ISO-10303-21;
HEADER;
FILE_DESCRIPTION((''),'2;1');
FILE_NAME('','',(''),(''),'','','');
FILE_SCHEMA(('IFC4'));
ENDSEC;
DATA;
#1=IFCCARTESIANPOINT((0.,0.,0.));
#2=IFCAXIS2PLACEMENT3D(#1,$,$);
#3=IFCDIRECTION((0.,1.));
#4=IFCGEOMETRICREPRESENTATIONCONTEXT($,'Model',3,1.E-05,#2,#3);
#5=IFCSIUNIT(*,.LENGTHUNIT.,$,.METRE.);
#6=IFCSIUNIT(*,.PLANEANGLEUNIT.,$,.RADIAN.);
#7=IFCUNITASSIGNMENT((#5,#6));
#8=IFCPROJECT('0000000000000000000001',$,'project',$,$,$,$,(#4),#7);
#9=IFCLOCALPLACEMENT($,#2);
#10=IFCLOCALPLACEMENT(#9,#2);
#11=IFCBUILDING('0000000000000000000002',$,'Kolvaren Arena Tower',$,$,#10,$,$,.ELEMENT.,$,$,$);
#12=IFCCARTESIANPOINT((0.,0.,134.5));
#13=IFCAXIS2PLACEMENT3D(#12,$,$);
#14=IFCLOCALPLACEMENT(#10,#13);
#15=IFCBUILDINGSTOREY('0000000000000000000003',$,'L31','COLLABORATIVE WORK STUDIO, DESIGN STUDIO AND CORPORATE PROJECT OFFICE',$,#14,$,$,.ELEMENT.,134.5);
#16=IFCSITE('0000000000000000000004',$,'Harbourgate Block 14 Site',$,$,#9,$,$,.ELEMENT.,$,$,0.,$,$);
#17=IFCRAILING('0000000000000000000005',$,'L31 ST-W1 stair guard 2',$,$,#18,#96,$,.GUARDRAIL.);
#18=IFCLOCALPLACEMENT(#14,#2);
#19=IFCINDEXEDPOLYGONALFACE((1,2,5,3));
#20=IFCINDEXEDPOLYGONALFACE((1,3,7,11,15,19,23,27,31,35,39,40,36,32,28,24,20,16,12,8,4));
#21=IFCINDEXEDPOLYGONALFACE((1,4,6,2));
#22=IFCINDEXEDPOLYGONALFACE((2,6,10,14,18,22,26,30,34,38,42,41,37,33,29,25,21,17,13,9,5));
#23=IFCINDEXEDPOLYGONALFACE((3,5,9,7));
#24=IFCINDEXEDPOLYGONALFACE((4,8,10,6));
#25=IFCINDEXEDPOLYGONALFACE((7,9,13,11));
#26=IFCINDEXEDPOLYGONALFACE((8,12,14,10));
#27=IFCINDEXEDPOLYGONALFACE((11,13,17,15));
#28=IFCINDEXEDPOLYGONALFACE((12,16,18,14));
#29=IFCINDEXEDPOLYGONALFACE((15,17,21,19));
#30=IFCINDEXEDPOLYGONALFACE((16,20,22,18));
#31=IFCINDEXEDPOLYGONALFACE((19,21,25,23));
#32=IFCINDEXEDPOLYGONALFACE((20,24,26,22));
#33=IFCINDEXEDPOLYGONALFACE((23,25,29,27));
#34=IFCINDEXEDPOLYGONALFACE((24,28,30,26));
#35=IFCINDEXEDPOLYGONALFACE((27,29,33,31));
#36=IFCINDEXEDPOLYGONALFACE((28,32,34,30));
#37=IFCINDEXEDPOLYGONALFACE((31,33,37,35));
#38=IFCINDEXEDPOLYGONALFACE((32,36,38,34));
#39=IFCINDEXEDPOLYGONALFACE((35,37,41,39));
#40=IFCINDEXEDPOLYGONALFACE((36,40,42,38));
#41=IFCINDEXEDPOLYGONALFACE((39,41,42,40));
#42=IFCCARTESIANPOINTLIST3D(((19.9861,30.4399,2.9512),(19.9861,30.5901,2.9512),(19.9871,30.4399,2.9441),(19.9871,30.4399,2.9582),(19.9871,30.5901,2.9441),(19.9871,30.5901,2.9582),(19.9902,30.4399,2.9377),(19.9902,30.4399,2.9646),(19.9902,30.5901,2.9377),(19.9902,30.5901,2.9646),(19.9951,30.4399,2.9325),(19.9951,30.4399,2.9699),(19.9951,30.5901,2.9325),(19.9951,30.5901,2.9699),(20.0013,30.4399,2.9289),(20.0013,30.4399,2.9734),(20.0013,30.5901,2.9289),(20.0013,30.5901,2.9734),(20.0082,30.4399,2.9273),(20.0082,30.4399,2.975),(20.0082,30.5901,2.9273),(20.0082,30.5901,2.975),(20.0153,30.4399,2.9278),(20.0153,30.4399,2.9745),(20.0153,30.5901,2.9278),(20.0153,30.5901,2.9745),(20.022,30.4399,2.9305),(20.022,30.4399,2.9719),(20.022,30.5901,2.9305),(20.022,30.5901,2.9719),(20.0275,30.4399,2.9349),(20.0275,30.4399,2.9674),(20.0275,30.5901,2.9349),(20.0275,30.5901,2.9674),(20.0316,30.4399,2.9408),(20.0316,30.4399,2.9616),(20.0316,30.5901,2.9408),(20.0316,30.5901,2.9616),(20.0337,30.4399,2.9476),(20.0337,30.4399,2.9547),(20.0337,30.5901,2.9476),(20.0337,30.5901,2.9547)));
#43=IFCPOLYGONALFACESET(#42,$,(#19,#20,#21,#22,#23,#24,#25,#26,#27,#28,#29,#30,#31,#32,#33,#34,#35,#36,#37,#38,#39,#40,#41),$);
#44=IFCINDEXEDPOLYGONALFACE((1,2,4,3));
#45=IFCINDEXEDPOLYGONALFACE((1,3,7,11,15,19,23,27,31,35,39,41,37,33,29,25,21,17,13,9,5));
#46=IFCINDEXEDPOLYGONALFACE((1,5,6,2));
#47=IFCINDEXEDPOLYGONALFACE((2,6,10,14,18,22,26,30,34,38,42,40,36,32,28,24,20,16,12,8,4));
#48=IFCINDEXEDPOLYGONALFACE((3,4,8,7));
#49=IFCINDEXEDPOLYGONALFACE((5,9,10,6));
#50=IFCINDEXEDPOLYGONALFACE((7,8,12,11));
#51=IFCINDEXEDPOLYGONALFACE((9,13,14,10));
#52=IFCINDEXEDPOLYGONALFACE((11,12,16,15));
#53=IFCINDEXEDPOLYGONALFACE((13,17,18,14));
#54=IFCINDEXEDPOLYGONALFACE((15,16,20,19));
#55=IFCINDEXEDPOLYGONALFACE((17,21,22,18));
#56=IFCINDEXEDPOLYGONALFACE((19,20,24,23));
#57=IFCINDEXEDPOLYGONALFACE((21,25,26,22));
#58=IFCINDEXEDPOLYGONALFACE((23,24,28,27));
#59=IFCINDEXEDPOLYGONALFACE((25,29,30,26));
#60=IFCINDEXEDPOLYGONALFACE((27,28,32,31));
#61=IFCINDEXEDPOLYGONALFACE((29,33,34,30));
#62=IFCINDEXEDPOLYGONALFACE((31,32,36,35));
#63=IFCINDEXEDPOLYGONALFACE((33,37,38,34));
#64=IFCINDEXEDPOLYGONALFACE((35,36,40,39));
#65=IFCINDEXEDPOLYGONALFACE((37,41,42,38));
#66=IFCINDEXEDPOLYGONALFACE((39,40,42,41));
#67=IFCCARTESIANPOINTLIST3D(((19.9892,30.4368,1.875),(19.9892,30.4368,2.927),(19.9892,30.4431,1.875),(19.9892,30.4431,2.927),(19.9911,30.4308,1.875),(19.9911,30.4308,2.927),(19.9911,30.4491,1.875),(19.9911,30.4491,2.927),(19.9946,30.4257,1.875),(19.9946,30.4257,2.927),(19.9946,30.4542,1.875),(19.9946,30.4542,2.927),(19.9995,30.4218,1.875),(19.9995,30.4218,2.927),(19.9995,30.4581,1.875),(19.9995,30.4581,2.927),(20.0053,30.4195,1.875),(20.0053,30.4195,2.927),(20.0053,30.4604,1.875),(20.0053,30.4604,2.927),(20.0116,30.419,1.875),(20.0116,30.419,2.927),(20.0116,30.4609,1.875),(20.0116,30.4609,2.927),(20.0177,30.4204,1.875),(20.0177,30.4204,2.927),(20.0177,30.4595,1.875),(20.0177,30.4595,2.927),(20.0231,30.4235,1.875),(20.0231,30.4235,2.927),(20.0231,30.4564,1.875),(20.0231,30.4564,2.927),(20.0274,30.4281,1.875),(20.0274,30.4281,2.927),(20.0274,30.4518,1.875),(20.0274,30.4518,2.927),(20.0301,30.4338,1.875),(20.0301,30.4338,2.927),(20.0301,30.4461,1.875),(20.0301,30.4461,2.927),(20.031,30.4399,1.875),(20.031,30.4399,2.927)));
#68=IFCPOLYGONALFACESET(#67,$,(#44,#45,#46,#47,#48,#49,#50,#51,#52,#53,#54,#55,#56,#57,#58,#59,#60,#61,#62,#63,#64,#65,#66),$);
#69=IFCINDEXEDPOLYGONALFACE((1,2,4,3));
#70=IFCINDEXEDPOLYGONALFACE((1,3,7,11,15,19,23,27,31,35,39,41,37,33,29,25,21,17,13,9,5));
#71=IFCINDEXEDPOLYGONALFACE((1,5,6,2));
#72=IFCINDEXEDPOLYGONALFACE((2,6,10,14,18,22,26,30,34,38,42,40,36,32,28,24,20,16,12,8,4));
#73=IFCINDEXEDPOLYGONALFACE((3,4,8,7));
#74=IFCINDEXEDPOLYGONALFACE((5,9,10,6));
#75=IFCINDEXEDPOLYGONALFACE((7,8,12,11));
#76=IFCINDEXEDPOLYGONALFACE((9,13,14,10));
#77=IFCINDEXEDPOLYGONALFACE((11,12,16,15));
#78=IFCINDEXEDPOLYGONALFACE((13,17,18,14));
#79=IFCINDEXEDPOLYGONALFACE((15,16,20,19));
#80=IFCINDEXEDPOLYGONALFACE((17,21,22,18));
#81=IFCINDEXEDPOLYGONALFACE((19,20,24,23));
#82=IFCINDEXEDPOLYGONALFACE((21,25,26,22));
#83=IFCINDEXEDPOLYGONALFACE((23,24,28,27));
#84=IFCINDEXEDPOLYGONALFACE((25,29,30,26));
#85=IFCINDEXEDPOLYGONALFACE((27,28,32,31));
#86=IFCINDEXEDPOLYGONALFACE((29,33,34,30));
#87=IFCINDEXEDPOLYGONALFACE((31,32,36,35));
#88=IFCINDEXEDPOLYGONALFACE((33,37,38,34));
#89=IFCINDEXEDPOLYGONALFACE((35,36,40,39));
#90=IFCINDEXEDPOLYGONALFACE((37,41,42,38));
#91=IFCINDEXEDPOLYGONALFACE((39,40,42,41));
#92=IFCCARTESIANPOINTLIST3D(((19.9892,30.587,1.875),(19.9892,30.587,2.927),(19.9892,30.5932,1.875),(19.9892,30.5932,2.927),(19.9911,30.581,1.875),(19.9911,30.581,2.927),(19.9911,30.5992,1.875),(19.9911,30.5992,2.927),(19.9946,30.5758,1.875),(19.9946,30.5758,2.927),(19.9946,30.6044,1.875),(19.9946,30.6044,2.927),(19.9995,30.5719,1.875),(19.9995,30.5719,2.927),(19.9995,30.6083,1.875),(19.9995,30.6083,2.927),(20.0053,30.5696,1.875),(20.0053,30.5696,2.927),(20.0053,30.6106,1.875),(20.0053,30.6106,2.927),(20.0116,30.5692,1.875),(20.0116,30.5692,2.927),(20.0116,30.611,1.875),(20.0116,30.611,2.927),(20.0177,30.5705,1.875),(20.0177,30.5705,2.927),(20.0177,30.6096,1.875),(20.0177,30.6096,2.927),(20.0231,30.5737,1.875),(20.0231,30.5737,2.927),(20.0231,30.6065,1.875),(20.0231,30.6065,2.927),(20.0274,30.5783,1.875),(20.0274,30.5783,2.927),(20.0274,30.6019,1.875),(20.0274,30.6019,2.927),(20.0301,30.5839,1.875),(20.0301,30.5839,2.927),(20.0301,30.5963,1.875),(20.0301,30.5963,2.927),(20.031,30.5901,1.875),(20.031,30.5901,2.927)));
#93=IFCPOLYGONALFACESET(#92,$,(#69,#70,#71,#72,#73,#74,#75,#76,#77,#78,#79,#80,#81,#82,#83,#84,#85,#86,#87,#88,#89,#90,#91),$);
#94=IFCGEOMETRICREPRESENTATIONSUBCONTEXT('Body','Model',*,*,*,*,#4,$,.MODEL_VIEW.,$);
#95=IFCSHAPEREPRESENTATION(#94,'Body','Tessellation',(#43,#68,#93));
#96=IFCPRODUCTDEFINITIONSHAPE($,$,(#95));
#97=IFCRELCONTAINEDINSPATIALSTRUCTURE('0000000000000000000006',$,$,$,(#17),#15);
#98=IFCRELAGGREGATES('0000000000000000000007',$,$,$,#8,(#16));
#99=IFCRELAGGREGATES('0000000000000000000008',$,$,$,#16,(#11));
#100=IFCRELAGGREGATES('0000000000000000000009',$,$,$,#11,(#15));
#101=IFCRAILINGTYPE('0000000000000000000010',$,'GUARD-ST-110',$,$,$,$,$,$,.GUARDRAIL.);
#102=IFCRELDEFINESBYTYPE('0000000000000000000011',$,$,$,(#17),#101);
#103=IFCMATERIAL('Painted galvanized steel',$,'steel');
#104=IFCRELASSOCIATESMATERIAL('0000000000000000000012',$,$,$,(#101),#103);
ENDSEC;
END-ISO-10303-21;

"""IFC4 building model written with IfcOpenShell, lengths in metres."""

from ifc_helpers import new_model, si_unit, direction, frame, origin, origin_2d, place, context, subcontext, project, spatial, circle, extrude, material, type_object, element, save


model = new_model("IFC4")

# Units and contexts
model_context = context("Model", 3, precision=1e-05, world=origin(), true_north=direction((0.0, 1.0)))
body_context = subcontext(model_context, "Body", "Model", "MODEL_VIEW")
ifc_project = project(units=[si_unit("LENGTHUNIT", "METRE"), si_unit("PLANEANGLEUNIT", "RADIAN")], contexts=[model_context])

# Site, building, storey
site_placement = place(None, origin())
site = spatial("IfcSite", under=ifc_project, at=site_placement, Name="Harbourgate Block 14 Site", CompositionType="ELEMENT", RefElevation=0.0)
building_placement = place(site_placement, origin())
building = spatial("IfcBuilding", under=site, at=building_placement, Name="Kolvaren Arena Tower", CompositionType="ELEMENT")
storey_placement = place(building_placement, frame((0.0, 0.0, 134.5)))
storey = spatial("IfcBuildingStorey", under=building, at=storey_placement, Name="L31", Description="COLLABORATIVE WORK STUDIO, DESIGN STUDIO AND CORPORATE PROJECT OFFICE", CompositionType="ELEMENT", Elevation=134.5)

# Railing
ifc_material_1 = material(Name="Painted galvanized steel", Category="steel")
railing_type_1 = type_object("IfcRailingType", Name="GUARD-ST-110", PredefinedType="GUARDRAIL", material=ifc_material_1)
railing_1_placement = place(storey_placement, frame((20.01, 30.4399, 1.875)))
element("IfcRailing", 1, at=railing_1_placement, inside=storey, type_object=railing_type_1, Name="L31 ST-W1 stair guard 2", PredefinedType="GUARDRAIL", context=body_context, shape_type="SweptSolid", body=[
    extrude(circle(Radius=0.0239, at=origin_2d()), frame((0.0, 0.0, 1.0762), z_axis=(0.0, 1.0, 0.0), x_axis=(-1.0, 0.0, 0.0)), (0.0, 0.0, 1.0), 0.1501),
    extrude(circle(Radius=0.021, at=origin_2d()), origin(), (0.0, 0.0, 1.0), 1.052),
    extrude(circle(Radius=0.021, at=origin_2d()), frame((0.0, 0.1501, 0.0)), (0.0, 0.0, 1.0), 1.052),
])

save(model, "model.ifc")
